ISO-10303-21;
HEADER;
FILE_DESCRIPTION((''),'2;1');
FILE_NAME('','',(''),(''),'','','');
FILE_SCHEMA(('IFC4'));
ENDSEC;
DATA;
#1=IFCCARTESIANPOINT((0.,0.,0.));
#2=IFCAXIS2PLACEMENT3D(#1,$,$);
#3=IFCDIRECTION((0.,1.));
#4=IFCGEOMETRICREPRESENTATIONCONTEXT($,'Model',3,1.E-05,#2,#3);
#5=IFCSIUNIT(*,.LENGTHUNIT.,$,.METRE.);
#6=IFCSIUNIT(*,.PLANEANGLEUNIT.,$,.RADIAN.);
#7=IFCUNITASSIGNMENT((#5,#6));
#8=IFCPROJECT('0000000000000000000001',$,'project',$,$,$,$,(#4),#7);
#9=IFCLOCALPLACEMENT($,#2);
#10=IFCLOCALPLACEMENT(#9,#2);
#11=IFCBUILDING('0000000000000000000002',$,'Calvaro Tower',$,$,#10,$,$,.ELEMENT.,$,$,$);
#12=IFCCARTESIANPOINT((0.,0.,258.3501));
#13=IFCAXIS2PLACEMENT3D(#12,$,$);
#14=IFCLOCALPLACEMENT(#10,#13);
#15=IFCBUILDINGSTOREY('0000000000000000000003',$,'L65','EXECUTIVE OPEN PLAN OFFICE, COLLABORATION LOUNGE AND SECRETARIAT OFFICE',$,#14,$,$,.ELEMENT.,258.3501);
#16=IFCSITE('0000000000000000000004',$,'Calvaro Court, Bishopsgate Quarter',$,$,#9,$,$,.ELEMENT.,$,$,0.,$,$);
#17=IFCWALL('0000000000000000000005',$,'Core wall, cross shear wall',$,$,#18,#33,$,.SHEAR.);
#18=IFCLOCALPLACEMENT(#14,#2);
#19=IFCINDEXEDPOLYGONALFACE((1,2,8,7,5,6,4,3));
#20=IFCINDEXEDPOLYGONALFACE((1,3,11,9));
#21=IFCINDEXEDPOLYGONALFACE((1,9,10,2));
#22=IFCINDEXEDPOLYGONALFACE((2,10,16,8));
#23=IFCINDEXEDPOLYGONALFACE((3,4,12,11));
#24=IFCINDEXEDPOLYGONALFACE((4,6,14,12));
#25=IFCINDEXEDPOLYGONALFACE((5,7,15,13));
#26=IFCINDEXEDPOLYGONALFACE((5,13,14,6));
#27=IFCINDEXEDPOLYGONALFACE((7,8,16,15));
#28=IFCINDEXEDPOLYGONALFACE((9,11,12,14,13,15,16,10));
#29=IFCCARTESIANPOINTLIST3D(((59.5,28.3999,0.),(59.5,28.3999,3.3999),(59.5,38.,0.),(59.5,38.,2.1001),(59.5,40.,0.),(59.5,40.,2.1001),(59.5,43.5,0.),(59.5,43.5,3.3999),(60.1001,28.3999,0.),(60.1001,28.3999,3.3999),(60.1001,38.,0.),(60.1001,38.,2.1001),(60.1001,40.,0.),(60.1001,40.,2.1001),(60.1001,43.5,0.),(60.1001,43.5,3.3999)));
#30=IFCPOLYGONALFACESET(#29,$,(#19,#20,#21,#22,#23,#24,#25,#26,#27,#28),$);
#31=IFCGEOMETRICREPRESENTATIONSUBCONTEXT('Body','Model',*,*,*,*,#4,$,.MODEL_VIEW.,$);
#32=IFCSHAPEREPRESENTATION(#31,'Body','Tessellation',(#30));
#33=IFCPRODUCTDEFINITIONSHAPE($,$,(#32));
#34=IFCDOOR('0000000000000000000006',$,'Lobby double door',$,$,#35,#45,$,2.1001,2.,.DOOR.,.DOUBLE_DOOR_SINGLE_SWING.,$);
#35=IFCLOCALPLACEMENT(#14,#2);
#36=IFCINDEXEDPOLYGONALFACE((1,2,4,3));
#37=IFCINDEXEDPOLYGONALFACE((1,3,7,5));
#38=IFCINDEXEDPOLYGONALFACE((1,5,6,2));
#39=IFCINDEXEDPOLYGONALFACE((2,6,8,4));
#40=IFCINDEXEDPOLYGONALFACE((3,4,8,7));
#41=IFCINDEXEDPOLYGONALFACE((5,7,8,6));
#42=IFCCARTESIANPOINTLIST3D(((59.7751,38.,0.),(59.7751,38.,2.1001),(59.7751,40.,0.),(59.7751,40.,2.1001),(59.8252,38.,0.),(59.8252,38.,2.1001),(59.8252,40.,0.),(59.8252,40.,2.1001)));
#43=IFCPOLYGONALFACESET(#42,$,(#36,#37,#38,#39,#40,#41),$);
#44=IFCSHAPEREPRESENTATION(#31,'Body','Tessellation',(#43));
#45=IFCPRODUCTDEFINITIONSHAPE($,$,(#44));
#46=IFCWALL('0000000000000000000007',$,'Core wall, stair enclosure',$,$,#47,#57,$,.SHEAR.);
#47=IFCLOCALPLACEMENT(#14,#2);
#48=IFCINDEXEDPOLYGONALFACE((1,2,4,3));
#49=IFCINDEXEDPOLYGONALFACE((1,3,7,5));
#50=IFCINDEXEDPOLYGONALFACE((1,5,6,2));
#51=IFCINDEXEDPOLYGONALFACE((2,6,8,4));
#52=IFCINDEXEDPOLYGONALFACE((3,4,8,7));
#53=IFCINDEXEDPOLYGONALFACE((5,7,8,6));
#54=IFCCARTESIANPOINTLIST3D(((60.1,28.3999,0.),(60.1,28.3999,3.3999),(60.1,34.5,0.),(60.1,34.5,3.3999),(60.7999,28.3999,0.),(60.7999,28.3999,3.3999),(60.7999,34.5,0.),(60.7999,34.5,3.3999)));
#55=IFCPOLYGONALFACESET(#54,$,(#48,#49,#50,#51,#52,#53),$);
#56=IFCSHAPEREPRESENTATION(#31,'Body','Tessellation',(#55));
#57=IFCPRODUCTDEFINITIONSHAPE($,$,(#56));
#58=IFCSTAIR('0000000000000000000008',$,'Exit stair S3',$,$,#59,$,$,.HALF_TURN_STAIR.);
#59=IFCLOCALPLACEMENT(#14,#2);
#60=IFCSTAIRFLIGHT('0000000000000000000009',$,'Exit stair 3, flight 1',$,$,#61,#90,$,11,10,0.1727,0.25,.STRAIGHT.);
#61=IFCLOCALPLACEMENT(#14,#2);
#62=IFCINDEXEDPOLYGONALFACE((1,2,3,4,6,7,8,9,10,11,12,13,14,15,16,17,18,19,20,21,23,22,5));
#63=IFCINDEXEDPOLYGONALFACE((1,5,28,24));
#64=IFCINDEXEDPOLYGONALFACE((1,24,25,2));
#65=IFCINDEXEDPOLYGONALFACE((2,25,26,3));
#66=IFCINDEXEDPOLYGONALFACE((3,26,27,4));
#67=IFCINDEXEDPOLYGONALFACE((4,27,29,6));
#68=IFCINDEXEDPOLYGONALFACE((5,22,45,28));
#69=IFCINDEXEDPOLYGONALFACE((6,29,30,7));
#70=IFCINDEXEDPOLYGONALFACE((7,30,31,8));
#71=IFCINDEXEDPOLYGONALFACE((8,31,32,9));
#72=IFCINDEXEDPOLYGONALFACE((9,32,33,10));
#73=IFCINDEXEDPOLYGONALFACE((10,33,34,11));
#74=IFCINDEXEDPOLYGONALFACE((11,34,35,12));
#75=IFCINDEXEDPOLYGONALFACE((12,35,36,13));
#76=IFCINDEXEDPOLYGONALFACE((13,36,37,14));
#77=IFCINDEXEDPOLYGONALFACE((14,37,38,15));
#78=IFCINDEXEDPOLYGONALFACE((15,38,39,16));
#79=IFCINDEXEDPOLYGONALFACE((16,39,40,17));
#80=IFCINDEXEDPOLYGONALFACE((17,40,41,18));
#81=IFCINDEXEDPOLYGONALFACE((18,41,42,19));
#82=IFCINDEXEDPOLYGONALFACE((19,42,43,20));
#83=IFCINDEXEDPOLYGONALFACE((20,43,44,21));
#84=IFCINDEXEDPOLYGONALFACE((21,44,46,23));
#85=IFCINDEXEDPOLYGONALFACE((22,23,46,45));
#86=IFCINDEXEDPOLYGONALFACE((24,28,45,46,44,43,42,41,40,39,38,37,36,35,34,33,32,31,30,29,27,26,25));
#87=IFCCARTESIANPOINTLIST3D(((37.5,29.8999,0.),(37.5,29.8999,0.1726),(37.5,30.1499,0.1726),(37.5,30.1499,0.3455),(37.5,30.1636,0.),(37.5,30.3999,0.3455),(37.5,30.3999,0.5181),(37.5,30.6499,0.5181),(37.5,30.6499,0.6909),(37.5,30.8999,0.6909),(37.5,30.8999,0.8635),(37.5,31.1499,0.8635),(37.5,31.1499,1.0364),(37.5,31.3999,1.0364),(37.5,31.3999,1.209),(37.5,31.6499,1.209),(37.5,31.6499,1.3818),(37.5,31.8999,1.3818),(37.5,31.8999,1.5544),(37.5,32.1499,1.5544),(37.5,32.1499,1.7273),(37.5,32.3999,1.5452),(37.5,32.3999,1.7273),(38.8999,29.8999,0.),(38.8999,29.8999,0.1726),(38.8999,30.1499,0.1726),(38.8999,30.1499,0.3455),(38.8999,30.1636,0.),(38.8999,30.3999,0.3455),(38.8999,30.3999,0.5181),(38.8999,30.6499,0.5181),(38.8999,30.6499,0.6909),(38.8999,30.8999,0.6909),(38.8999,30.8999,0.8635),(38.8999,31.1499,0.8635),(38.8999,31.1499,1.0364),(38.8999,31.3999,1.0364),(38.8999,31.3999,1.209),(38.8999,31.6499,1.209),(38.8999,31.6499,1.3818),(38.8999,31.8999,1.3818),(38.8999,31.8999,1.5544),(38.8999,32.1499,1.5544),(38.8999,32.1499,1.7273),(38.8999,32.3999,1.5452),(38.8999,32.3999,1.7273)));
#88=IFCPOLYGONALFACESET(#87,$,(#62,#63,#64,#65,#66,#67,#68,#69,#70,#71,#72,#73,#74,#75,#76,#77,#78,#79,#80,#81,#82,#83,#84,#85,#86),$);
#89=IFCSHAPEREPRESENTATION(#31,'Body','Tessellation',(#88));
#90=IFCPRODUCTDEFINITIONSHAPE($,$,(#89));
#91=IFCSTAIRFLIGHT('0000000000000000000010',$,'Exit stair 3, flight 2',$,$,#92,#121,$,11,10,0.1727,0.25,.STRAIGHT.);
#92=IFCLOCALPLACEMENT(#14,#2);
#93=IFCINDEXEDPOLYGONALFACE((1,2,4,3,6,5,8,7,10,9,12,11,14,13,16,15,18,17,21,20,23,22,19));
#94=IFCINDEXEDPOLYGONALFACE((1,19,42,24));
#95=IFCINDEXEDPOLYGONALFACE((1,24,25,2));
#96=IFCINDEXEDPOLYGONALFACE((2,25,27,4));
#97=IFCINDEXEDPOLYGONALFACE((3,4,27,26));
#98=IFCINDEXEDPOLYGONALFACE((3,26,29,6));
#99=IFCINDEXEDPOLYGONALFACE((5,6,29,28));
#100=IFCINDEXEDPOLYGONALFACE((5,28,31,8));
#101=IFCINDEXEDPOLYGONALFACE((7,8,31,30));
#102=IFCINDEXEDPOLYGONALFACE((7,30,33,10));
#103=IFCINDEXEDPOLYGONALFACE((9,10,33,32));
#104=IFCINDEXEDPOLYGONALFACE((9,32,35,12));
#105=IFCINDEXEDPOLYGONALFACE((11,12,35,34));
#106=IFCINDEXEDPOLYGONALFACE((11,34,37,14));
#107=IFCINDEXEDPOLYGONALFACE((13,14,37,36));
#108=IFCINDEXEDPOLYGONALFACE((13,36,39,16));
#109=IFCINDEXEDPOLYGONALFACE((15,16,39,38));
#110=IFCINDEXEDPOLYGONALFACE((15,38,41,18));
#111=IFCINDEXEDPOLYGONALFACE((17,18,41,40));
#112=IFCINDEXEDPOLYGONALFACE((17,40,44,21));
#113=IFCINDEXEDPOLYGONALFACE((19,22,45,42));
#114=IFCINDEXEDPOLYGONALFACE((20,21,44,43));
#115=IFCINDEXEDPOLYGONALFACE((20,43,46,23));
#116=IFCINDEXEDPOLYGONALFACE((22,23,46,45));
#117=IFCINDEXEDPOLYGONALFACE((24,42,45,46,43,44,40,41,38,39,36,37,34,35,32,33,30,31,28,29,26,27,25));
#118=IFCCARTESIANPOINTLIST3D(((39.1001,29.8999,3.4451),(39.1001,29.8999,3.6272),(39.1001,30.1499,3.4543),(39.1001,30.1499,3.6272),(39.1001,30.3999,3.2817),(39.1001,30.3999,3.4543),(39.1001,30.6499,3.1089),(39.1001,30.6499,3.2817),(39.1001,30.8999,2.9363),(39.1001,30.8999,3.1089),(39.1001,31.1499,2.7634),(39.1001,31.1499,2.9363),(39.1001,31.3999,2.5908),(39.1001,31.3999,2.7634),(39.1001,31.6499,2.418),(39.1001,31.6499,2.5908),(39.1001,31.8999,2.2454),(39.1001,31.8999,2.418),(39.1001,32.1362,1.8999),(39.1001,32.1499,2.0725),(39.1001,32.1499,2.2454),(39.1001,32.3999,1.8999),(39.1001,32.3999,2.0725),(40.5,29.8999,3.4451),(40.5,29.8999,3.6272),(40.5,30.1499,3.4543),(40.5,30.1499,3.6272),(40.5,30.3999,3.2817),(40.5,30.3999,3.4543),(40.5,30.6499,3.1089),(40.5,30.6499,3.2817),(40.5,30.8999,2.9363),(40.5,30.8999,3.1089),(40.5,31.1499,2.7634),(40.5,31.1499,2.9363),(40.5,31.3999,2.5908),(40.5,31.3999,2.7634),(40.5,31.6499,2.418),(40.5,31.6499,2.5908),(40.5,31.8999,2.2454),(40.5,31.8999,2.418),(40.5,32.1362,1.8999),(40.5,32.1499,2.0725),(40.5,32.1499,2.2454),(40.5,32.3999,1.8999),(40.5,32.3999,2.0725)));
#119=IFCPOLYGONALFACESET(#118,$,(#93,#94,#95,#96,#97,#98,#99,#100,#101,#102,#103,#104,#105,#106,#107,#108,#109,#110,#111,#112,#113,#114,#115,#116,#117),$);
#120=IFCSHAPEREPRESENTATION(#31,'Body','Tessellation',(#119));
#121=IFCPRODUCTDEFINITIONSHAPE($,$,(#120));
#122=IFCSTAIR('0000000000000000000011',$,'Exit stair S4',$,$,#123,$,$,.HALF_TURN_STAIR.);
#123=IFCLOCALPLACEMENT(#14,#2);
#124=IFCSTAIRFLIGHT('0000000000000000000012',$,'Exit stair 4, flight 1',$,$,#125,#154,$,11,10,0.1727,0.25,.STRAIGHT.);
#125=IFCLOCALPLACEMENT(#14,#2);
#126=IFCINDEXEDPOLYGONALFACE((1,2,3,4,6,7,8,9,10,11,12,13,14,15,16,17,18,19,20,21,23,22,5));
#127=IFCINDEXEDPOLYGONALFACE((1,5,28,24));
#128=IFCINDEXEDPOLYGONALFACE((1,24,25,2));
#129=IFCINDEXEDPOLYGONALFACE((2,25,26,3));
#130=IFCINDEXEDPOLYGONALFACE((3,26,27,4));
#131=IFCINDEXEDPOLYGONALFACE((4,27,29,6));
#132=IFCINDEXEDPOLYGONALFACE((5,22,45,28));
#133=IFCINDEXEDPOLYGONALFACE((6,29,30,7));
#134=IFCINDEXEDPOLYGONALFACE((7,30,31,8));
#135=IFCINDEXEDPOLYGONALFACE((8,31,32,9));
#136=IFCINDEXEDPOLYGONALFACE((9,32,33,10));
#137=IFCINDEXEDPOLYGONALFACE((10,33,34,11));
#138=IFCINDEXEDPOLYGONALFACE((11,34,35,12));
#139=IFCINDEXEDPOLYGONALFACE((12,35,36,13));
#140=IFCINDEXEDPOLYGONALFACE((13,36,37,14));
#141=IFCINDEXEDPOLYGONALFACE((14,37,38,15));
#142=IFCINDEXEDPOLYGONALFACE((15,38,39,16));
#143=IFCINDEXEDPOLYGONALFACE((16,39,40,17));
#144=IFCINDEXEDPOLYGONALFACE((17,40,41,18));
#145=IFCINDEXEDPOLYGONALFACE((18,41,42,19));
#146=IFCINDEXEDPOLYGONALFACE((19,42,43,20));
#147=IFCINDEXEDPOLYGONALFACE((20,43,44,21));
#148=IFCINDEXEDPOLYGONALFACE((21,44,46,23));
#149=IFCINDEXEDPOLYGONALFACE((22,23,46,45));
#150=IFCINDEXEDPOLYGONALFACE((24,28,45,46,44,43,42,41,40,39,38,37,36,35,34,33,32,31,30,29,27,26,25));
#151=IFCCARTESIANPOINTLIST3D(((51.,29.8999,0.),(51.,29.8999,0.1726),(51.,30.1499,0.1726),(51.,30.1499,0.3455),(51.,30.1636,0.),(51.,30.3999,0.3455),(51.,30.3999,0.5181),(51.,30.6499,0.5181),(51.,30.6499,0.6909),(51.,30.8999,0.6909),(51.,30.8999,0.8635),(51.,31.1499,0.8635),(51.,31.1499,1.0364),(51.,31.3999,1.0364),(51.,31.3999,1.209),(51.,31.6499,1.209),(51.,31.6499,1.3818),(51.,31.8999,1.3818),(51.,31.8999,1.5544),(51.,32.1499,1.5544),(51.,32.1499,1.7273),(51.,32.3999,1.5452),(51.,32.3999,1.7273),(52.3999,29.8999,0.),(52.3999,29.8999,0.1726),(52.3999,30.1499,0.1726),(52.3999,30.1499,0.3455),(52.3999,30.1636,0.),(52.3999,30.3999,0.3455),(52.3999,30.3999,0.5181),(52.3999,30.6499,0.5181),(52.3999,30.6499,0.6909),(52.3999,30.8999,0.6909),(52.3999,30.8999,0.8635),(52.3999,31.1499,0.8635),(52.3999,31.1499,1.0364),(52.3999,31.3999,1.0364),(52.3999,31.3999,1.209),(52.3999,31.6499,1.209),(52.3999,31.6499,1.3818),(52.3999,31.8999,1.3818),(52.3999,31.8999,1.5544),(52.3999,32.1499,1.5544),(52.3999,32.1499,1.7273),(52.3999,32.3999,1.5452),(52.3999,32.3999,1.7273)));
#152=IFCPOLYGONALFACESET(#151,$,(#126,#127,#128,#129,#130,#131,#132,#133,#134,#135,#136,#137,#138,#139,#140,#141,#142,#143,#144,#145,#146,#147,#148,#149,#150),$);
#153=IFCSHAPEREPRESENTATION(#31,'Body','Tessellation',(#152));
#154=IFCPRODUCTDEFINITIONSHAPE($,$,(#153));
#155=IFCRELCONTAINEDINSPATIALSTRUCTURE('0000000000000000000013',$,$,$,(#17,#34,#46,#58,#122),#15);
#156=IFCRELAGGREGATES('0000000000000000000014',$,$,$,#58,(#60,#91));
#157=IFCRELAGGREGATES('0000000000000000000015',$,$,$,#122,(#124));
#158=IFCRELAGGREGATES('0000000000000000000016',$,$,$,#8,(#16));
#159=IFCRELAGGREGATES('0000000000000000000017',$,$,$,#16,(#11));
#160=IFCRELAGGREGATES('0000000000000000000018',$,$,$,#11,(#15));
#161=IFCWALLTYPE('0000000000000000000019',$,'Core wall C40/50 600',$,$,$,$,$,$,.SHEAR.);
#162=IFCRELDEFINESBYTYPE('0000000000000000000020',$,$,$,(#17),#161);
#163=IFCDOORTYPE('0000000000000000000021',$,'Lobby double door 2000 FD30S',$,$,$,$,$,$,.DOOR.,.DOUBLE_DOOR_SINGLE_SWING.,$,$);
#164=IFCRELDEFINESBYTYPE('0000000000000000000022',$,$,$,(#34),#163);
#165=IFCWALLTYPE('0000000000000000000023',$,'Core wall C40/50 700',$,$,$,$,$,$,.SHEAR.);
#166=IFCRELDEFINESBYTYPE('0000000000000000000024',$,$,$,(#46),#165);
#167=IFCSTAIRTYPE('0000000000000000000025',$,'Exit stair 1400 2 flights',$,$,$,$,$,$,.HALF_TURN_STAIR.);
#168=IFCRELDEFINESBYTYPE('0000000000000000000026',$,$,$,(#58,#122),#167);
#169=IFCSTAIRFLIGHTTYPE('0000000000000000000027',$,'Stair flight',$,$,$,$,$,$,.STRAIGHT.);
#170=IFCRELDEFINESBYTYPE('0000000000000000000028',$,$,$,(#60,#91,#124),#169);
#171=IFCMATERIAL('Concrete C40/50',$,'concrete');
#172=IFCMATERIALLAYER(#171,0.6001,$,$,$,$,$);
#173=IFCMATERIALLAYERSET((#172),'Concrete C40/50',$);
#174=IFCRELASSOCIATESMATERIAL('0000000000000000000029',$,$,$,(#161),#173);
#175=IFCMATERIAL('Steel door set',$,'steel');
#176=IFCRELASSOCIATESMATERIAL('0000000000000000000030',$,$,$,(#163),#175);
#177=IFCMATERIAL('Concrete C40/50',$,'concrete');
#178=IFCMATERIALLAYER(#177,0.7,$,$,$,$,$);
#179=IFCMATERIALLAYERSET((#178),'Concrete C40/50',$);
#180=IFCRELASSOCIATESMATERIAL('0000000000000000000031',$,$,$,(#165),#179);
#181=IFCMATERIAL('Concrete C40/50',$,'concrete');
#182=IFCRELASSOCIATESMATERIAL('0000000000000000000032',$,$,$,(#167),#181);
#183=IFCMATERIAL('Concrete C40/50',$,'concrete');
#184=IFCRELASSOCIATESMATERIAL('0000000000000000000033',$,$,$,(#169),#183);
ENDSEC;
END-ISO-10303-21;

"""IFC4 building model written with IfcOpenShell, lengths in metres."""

from ifc_helpers import new_model, si_unit, direction, frame, frame_2d, origin, place, context, subcontext, project, spatial, polyline, rectangle, outline, extrude, material, layer, layer_set, type_object, element, fill, aggregate, save


model = new_model("IFC4")

# Units and contexts
model_context = context("Model", 3, precision=1e-05, world=origin(), true_north=direction((0.0, 1.0)))
body_context = subcontext(model_context, "Body", "Model", "MODEL_VIEW")
ifc_project = project(units=[si_unit("LENGTHUNIT", "METRE"), si_unit("PLANEANGLEUNIT", "RADIAN")], contexts=[model_context])

# Site, building, storey
site_placement = place(None, origin())
site = spatial("IfcSite", under=ifc_project, at=site_placement, Name="Calvaro Court, Bishopsgate Quarter", CompositionType="ELEMENT", RefElevation=0.0)
building_placement = place(site_placement, origin())
building = spatial("IfcBuilding", under=site, at=building_placement, Name="Calvaro Tower", CompositionType="ELEMENT")
storey_placement = place(building_placement, frame((0.0, 0.0, 258.3501)))
storey = spatial("IfcBuildingStorey", under=building, at=storey_placement, Name="L65", Description="EXECUTIVE OPEN PLAN OFFICE, COLLABORATION LOUNGE AND SECRETARIAT OFFICE", CompositionType="ELEMENT", Elevation=258.3501)

# Wall, opening, door
ifc_material_1 = material(Name="Concrete C40/50", Category="concrete")
ifc_layer_1 = layer(ifc_material_1, 0.6001)
ifc_layer_set_1 = layer_set([ifc_layer_1], Name="Concrete C40/50")
wall_type_1 = type_object("IfcWallType", Name="Core wall C40/50 600", PredefinedType="SHEAR", material=ifc_layer_set_1)
wall_1_placement = place(storey_placement, frame((59.8, 28.3999, 0.0), z_axis=(0.0, 0.0, 1.0), x_axis=(0.0, 1.0, 0.0)))
wall_1 = element("IfcWall", 1, at=wall_1_placement, inside=storey, type_object=wall_type_1, Name="Core wall, cross shear wall", PredefinedType="SHEAR", context=body_context, shape_type="SweptSolid", body=[
    extrude(rectangle(XDim=15.1001, YDim=0.6001, at=frame_2d((7.55, 0.0))), origin(), (0.0, 0.0, 1.0), 3.3999),
])
opening_placement = place(wall_1_placement, frame((9.6001, 0.0, 0.0)))
opening = element("IfcOpeningElement", 2, at=opening_placement, cuts=wall_1, PredefinedType="OPENING", context=body_context, shape_type="SweptSolid", body=[
    extrude(rectangle(XDim=2.0, YDim=2.1001, at=frame_2d((1.0, 1.05))), frame((0.0, 0.3101, 0.0), z_axis=(0.0, -1.0, 0.0), x_axis=(1.0, 0.0, 0.0)), (0.0, 0.0, 1.0), 0.6201),
])
ifc_material_2 = material(Name="Steel door set", Category="steel")
door_type = type_object("IfcDoorType", Name="Lobby double door 2000 FD30S", OperationType="DOUBLE_DOOR_SINGLE_SWING", PredefinedType="DOOR", material=ifc_material_2)
door_placement = place(opening_placement, origin())
door = element("IfcDoor", 3, at=door_placement, inside=storey, type_object=door_type, Name="Lobby double door", OperationType="DOUBLE_DOOR_SINGLE_SWING", OverallHeight=2.1001, OverallWidth=2.0, PredefinedType="DOOR", context=body_context, shape_type="SweptSolid", body=[
    extrude(rectangle(XDim=2.0, YDim=2.1001, at=frame_2d((1.0, 1.05))), frame((0.0, 0.0249, 0.0), z_axis=(0.0, -1.0, 0.0), x_axis=(1.0, 0.0, 0.0)), (0.0, 0.0, 1.0), 0.05),
])
fill(opening, door)

# Wall
ifc_material_3 = material(Name="Concrete C40/50", Category="concrete")
ifc_layer_2 = layer(ifc_material_3, 0.7)
ifc_layer_set_2 = layer_set([ifc_layer_2], Name="Concrete C40/50")
wall_type_2 = type_object("IfcWallType", Name="Core wall C40/50 700", PredefinedType="SHEAR", material=ifc_layer_set_2)
wall_2_placement = place(storey_placement, frame((60.45, 28.3999, 0.0), z_axis=(0.0, 0.0, 1.0), x_axis=(0.0, 1.0, 0.0)))
element("IfcWall", 4, at=wall_2_placement, inside=storey, type_object=wall_type_2, Name="Core wall, stair enclosure", PredefinedType="SHEAR", context=body_context, shape_type="SweptSolid", body=[
    extrude(rectangle(XDim=6.1001, YDim=0.7, at=frame_2d((3.05, 0.0))), origin(), (0.0, 0.0, 1.0), 3.3999),
])

# Stairs, stair flights
ifc_material_4 = material(Name="Concrete C40/50", Category="concrete")
stair_type = type_object("IfcStairType", Name="Exit stair 1400 2 flights", PredefinedType="HALF_TURN_STAIR", material=ifc_material_4)
stair_1_placement = place(storey_placement, origin())
stair_1 = element("IfcStair", 5, at=stair_1_placement, inside=storey, type_object=stair_type, Name="Exit stair S3", PredefinedType="HALF_TURN_STAIR")
ifc_material_5 = material(Name="Concrete C40/50", Category="concrete")
stair_flight_type = type_object("IfcStairFlightType", Name="Stair flight", PredefinedType="STRAIGHT", material=ifc_material_5)
stair_flight_1_placement = place(storey_placement, frame((38.2, 29.8999, 0.0), z_axis=(0.0, 0.0, 1.0), x_axis=(0.0, 1.0, 0.0)))
stair_flight_1 = element("IfcStairFlight", 6, at=stair_flight_1_placement, type_object=stair_flight_type, Name="Exit stair 3, flight 1", NumberOfRisers=11, NumberOfTreads=10, PredefinedType="STRAIGHT", RiserHeight=0.1727, TreadLength=0.25, context=body_context, shape_type="SweptSolid", body=[
    extrude(outline(polyline([(0.0, 0.0), (0.0, 0.1726), (0.25, 0.1726), (0.25, 0.3455), (0.5, 0.3455), (0.5, 0.5181), (0.75, 0.5181), (0.75, 0.6909), (1.0, 0.6909), (1.0, 0.8635), (1.25, 0.8635), (1.25, 1.0364), (1.5, 1.0364), (1.5, 1.209), (1.75, 1.209), (1.75, 1.3818), (2.0, 1.3818), (2.0, 1.5544), (2.25, 1.5544), (2.25, 1.7273), (2.5, 1.7273), (2.5, 1.8999), (2.5, 1.5452), (0.2637, 0.0), (0.0, 0.0)])), frame((0.0, 0.7, 0.0), z_axis=(0.0, -1.0, 0.0), x_axis=(1.0, 0.0, 0.0)), (0.0, 0.0, 1.0), 1.3999),
])
stair_flight_2_placement = place(storey_placement, frame((39.8, 32.3999, 1.8999), z_axis=(0.0, 0.0, 1.0), x_axis=(0.0, -1.0, 0.0)))
stair_flight_2 = element("IfcStairFlight", 7, at=stair_flight_2_placement, type_object=stair_flight_type, Name="Exit stair 3, flight 2", NumberOfRisers=11, NumberOfTreads=10, PredefinedType="STRAIGHT", RiserHeight=0.1727, TreadLength=0.25, context=body_context, shape_type="SweptSolid", body=[
    extrude(outline(polyline([(0.0, 0.0), (0.0, 0.1726), (0.25, 0.1726), (0.25, 0.3455), (0.5, 0.3455), (0.5, 0.5181), (0.75, 0.5181), (0.75, 0.6909), (1.0, 0.6909), (1.0, 0.8635), (1.25, 0.8635), (1.25, 1.0364), (1.5, 1.0364), (1.5, 1.209), (1.75, 1.209), (1.75, 1.3818), (2.0, 1.3818), (2.0, 1.5544), (2.25, 1.5544), (2.25, 1.7273), (2.5, 1.7273), (2.5, 1.8999), (2.5, 1.5452), (0.2637, 0.0), (0.0, 0.0)])), frame((0.0, 0.7, 0.0), z_axis=(0.0, -1.0, 0.0), x_axis=(1.0, 0.0, 0.0)), (0.0, 0.0, 1.0), 1.3999),
])
stair_2_placement = place(storey_placement, origin())
stair_2 = element("IfcStair", 8, at=stair_2_placement, inside=storey, type_object=stair_type, Name="Exit stair S4", PredefinedType="HALF_TURN_STAIR")
stair_flight_3_placement = place(storey_placement, frame((51.7, 29.8999, 0.0), z_axis=(0.0, 0.0, 1.0), x_axis=(0.0, 1.0, 0.0)))
stair_flight_3 = element("IfcStairFlight", 9, at=stair_flight_3_placement, type_object=stair_flight_type, Name="Exit stair 4, flight 1", NumberOfRisers=11, NumberOfTreads=10, PredefinedType="STRAIGHT", RiserHeight=0.1727, TreadLength=0.25, context=body_context, shape_type="SweptSolid", body=[
    extrude(outline(polyline([(0.0, 0.0), (0.0, 0.1726), (0.25, 0.1726), (0.25, 0.3455), (0.5, 0.3455), (0.5, 0.5181), (0.75, 0.5181), (0.75, 0.6909), (1.0, 0.6909), (1.0, 0.8635), (1.25, 0.8635), (1.25, 1.0364), (1.5, 1.0364), (1.5, 1.209), (1.75, 1.209), (1.75, 1.3818), (2.0, 1.3818), (2.0, 1.5544), (2.25, 1.5544), (2.25, 1.7273), (2.5, 1.7273), (2.5, 1.8999), (2.5, 1.5452), (0.2637, 0.0), (0.0, 0.0)])), frame((0.0, 0.7, 0.0), z_axis=(0.0, -1.0, 0.0), x_axis=(1.0, 0.0, 0.0)), (0.0, 0.0, 1.0), 1.3999),
])

aggregate(stair_1, [stair_flight_1, stair_flight_2])
aggregate(stair_2, [stair_flight_3])

save(model, "model.ifc")
